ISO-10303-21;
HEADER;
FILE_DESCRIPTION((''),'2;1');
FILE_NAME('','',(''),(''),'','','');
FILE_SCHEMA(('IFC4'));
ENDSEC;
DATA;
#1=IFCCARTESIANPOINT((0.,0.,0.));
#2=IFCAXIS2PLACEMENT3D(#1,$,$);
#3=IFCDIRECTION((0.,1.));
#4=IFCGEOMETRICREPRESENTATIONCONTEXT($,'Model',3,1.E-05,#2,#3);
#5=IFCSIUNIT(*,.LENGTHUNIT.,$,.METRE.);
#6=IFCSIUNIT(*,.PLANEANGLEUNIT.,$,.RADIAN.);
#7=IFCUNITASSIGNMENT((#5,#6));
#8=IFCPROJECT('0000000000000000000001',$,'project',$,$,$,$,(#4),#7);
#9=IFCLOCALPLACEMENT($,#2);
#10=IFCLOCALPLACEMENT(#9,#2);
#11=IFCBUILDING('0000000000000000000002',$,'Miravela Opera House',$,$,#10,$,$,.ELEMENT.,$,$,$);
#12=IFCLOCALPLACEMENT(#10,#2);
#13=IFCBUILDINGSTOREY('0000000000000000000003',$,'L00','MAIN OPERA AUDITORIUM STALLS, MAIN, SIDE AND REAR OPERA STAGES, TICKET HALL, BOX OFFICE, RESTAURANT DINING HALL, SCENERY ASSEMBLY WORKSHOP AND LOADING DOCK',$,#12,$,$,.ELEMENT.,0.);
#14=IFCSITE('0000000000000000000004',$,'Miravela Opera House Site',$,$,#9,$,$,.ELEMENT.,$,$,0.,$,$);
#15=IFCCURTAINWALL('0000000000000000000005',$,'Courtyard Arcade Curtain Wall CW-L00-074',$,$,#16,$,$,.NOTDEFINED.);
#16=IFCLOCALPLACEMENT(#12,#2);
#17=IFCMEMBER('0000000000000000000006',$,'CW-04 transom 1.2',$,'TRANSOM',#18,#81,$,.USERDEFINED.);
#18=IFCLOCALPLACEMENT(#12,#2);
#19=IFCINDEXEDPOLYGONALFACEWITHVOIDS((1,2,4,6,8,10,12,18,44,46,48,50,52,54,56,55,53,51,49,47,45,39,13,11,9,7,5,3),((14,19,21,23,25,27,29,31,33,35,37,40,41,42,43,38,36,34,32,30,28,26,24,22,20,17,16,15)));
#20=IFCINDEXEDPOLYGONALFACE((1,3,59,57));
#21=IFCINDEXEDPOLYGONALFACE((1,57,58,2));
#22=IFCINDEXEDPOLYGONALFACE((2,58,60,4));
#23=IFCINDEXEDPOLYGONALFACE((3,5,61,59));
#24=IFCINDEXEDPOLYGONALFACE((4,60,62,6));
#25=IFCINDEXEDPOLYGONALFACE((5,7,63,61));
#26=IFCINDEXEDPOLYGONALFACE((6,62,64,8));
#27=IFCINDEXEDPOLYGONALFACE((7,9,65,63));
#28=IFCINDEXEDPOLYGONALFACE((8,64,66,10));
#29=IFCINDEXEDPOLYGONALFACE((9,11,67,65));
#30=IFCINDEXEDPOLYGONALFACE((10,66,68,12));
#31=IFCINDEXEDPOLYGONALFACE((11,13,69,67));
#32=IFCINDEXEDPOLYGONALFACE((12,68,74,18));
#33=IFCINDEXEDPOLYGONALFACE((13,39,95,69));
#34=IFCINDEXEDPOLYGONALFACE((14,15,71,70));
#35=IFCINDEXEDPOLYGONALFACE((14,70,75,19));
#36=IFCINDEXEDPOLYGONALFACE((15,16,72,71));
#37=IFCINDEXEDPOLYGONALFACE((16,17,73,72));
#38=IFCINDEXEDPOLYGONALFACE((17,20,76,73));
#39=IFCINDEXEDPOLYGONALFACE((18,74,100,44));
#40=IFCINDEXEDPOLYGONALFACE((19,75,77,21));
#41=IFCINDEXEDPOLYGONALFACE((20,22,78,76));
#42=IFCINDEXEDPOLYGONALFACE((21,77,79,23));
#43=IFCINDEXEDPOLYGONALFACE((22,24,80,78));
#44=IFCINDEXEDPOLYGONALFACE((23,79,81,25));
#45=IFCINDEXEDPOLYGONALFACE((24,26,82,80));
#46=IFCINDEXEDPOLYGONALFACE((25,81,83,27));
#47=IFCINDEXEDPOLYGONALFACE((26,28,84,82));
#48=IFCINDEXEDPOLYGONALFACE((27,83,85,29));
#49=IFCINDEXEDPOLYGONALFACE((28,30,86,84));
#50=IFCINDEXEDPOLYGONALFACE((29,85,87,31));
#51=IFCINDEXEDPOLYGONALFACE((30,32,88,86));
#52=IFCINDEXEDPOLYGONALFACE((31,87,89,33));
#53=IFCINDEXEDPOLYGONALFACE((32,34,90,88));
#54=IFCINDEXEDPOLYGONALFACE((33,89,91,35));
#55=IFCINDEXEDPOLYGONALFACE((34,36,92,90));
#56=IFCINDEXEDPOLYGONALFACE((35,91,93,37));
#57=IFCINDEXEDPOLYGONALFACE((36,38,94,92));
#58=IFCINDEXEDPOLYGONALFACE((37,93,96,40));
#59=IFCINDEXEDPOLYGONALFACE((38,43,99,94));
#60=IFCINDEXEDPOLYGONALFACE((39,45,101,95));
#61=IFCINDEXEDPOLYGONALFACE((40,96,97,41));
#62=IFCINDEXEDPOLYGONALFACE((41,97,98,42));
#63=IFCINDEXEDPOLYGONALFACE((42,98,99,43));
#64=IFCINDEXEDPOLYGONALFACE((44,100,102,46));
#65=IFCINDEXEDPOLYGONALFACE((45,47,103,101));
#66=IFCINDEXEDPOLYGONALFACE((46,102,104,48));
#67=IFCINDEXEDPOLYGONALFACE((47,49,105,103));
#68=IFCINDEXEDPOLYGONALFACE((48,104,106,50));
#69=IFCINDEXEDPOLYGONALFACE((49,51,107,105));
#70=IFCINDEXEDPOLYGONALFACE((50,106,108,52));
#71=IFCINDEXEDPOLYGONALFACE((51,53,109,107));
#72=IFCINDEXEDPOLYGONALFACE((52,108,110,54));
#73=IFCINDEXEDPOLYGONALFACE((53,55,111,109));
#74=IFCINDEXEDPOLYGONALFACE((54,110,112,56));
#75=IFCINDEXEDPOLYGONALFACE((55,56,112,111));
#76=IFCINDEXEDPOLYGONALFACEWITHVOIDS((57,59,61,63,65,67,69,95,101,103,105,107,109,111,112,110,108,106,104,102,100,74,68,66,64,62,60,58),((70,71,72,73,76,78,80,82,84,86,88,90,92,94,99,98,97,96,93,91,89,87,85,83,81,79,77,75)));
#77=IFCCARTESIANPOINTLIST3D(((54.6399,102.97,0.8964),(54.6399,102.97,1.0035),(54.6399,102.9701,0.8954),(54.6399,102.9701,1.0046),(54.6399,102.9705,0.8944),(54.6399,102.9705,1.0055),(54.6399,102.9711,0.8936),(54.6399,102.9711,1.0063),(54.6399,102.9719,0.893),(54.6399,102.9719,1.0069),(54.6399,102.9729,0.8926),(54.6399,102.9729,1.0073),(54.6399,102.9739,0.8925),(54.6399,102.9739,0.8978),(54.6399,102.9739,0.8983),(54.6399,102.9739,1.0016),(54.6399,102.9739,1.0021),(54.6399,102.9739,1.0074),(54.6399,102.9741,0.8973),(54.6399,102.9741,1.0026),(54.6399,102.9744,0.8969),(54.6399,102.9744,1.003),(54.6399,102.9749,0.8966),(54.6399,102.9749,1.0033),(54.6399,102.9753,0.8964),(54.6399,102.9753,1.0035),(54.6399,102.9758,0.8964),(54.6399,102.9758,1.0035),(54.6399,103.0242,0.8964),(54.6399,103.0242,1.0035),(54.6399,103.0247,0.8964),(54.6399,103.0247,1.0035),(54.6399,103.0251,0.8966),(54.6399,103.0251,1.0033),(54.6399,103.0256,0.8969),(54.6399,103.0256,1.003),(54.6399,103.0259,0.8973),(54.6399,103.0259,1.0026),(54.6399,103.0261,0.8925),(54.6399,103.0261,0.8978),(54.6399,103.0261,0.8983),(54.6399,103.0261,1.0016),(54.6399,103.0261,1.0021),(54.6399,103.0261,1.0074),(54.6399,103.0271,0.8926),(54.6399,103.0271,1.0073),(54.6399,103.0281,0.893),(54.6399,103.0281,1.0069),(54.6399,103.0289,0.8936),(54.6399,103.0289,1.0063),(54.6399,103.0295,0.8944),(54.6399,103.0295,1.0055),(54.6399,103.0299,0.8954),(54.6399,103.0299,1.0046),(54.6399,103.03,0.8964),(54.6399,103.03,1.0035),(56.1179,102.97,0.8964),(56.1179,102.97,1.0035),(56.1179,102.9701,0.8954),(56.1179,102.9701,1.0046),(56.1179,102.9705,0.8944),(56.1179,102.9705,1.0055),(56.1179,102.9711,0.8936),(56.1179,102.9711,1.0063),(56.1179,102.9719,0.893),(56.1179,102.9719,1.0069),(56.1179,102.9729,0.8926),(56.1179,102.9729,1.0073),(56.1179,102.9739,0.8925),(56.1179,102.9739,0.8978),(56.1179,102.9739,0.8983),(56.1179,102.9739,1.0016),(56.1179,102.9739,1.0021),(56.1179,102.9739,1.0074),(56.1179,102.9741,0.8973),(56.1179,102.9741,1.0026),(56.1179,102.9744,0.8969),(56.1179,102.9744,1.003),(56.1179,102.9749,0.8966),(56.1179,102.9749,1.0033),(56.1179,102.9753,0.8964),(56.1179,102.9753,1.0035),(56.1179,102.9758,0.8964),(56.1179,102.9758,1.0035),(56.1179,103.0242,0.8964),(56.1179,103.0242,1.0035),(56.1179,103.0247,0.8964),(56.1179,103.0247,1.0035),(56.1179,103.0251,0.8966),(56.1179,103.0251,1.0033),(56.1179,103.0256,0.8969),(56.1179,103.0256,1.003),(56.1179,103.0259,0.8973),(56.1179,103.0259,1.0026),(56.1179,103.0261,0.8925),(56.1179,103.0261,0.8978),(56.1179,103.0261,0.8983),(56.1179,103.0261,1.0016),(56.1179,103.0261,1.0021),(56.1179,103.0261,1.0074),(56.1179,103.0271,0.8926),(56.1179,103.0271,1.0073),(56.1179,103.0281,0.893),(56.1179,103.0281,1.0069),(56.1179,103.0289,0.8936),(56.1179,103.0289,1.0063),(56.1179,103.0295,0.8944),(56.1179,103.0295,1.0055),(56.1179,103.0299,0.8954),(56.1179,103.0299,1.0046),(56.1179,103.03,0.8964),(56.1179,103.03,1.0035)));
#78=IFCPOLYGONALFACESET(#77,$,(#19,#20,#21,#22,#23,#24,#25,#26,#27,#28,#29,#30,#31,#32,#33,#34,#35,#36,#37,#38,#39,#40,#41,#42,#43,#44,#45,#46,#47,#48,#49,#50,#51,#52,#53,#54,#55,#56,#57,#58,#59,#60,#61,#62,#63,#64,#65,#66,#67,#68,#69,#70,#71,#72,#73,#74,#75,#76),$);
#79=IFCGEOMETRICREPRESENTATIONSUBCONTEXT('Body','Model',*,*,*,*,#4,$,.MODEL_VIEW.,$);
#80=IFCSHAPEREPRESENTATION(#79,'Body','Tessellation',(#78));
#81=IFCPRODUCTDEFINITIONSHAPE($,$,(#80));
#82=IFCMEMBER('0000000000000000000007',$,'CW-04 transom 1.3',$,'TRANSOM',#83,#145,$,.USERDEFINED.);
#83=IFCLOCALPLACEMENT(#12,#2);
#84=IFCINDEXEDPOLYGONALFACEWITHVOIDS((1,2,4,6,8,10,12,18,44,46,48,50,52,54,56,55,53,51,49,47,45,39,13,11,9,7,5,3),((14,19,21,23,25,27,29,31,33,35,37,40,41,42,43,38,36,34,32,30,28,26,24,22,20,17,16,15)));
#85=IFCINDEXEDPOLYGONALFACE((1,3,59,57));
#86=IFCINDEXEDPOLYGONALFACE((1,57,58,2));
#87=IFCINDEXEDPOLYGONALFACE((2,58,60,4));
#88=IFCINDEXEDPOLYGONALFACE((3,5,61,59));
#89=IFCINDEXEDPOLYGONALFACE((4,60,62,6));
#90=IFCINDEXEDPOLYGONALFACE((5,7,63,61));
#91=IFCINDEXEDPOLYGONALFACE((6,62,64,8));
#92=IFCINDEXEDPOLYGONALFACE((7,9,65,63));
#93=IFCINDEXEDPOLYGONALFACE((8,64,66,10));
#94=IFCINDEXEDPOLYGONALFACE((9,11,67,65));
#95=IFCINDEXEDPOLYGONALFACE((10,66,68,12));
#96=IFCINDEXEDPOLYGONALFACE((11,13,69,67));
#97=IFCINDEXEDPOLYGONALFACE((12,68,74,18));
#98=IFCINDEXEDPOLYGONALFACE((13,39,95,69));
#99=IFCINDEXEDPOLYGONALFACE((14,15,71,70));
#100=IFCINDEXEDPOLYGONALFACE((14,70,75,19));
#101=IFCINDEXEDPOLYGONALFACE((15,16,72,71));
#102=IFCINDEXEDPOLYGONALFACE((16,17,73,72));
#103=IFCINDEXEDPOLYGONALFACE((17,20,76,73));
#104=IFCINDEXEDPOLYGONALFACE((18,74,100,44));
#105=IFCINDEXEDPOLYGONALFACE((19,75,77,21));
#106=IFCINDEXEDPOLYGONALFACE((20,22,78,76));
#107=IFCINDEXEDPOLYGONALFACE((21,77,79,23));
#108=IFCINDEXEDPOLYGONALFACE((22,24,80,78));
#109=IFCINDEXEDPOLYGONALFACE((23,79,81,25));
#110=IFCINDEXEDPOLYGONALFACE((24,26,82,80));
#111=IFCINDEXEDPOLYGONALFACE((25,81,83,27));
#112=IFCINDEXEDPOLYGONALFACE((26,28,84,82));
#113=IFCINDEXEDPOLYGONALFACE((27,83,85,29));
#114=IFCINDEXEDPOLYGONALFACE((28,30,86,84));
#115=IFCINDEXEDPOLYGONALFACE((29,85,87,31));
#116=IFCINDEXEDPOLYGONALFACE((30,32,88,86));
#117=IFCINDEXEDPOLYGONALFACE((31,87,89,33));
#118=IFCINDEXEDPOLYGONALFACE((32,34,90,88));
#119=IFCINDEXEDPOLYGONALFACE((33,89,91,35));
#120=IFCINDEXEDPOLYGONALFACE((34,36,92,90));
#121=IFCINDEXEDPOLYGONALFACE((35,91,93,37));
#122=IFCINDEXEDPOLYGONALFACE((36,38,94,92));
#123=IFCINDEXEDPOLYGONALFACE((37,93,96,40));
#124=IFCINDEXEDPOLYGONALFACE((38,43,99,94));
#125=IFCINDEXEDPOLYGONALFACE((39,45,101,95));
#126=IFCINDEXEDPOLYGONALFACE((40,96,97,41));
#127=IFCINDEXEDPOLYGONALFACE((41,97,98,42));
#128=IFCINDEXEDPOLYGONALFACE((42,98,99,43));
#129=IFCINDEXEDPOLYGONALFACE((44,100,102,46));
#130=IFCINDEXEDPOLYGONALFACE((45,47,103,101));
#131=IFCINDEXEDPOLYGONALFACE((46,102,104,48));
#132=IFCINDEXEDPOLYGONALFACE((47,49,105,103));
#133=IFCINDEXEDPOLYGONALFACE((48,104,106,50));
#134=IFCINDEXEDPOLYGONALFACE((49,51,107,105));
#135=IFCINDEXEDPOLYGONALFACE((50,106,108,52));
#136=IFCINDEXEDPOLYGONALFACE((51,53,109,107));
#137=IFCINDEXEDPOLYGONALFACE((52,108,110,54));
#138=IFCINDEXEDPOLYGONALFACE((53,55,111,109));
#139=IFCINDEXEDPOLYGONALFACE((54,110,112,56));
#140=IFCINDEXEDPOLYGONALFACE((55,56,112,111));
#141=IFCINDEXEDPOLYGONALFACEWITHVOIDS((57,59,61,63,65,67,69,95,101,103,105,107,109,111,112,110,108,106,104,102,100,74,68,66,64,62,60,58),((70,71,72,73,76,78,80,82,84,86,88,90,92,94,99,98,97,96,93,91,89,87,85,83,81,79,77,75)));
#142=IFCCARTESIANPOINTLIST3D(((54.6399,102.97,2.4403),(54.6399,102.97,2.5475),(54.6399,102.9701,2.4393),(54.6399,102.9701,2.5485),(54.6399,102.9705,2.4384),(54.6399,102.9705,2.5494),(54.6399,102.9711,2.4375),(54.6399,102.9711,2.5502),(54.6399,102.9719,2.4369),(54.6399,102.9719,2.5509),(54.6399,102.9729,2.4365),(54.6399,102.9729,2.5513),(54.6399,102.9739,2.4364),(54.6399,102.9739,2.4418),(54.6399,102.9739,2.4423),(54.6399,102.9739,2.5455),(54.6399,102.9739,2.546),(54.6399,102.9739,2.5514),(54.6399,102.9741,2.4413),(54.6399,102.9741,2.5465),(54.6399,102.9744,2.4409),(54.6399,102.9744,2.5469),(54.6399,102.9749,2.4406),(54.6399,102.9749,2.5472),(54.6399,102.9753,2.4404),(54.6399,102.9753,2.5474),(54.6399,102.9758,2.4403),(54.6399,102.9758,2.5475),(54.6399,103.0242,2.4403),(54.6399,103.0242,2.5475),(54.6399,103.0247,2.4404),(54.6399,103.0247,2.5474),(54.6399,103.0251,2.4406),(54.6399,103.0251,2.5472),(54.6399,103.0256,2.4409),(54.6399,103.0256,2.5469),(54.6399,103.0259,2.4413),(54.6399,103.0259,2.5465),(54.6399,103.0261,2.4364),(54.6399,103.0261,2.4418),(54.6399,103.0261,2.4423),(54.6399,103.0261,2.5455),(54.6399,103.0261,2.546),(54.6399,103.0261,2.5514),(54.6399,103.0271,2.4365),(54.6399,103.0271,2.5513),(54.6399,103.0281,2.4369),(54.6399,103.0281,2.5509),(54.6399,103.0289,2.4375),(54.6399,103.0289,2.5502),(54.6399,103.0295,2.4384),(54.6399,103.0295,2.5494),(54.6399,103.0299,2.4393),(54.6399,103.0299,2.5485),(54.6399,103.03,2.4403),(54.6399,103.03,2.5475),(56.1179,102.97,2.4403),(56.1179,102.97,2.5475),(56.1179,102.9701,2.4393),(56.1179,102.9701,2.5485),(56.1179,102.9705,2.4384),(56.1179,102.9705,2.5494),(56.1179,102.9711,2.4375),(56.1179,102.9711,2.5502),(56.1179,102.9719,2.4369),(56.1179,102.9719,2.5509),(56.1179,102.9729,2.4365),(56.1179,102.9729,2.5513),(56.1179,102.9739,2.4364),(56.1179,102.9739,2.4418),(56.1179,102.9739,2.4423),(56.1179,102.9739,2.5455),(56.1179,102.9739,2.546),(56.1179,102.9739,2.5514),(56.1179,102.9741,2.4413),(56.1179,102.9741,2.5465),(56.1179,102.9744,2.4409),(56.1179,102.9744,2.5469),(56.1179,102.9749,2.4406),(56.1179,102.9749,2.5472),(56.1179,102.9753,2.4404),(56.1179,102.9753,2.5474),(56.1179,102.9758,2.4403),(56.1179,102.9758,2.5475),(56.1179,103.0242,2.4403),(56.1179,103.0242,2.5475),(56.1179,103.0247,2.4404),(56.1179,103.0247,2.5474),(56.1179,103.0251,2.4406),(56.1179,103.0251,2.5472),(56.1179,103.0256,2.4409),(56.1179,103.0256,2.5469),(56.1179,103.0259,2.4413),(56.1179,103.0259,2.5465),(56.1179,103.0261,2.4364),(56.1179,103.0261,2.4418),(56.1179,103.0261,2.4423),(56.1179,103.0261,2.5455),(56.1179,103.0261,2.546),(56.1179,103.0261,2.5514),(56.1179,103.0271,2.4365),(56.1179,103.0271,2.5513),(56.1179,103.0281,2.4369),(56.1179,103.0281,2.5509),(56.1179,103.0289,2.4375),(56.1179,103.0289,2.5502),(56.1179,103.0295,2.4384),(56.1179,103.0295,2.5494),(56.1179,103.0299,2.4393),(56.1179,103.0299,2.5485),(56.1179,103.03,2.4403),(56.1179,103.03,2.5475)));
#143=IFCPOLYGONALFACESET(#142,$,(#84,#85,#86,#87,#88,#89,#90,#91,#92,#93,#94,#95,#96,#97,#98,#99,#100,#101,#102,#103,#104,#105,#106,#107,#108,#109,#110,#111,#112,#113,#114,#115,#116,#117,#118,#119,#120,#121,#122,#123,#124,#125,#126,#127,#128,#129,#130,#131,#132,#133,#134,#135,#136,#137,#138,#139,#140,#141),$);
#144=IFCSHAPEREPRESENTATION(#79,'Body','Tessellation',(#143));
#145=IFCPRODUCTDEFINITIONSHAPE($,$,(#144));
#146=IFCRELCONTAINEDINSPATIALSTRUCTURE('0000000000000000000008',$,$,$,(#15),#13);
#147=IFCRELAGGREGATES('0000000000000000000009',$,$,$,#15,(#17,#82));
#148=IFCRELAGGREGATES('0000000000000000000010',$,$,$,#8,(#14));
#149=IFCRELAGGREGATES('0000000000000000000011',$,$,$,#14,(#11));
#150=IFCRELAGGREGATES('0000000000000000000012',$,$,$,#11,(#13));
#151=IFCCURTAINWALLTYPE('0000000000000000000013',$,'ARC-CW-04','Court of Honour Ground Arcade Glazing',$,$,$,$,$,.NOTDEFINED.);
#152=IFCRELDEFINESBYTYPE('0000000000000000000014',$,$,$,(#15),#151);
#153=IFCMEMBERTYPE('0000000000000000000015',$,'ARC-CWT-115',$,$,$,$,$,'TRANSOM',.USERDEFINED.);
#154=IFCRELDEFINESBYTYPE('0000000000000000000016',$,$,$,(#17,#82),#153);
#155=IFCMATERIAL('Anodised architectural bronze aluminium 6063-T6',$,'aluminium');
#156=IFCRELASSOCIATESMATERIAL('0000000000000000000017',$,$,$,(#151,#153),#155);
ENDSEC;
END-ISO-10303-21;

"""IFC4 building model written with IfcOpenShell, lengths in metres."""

from ifc_helpers import new_model, si_unit, direction, frame, origin, origin_2d, place, context, subcontext, project, spatial, hollow_rectangle, extrude, material, material_profile, profile_set, type_object, element, aggregate, save


model = new_model("IFC4")

# Units and contexts
model_context = context("Model", 3, precision=1e-05, world=origin(), true_north=direction((0.0, 1.0)))
body_context = subcontext(model_context, "Body", "Model", "MODEL_VIEW")
ifc_project = project(units=[si_unit("LENGTHUNIT", "METRE"), si_unit("PLANEANGLEUNIT", "RADIAN")], contexts=[model_context])

# Site, building, storey
site_placement = place(None, origin())
site = spatial("IfcSite", under=ifc_project, at=site_placement, Name="Miravela Opera House Site", CompositionType="ELEMENT", RefElevation=0.0)
building_placement = place(site_placement, origin())
building = spatial("IfcBuilding", under=site, at=building_placement, Name="Miravela Opera House", CompositionType="ELEMENT")
storey_placement = place(building_placement, origin())
storey = spatial("IfcBuildingStorey", under=building, at=storey_placement, Name="L00", Description="MAIN OPERA AUDITORIUM STALLS, MAIN, SIDE AND REAR OPERA STAGES, TICKET HALL, BOX OFFICE, RESTAURANT DINING HALL, SCENERY ASSEMBLY WORKSHOP AND LOADING DOCK", CompositionType="ELEMENT", Elevation=0.0)

# Shared definitions
ifc_material_1 = material(Name="Anodised architectural bronze aluminium 6063-T6", Category="aluminium")
curtain_wall_type = type_object("IfcCurtainWallType", Name="ARC-CW-04", Description="Court of Honour Ground Arcade Glazing", PredefinedType="NOTDEFINED", material=ifc_material_1)

# Curtain wall
curtain_wall_1_placement = place(storey_placement, origin())
curtain_wall_1 = element("IfcCurtainWall", 1, at=curtain_wall_1_placement, inside=storey, type_object=curtain_wall_type, Name="Courtyard Arcade Curtain Wall CW-L00-074", PredefinedType="NOTDEFINED")

# Members
ifc_material_profile_1 = material_profile(ifc_material_1, hollow_rectangle(XDim=0.0601, YDim=0.115, WallThickness=0.0039, InnerFilletRadius=0.002, OuterFilletRadius=0.0039, at=origin_2d()), Name="CWT-60X115")
ifc_profile_set_1 = profile_set([ifc_material_profile_1])
member_type_1 = type_object("IfcMemberType", Name="ARC-CWT-115", ElementType="TRANSOM", PredefinedType="USERDEFINED", material=ifc_profile_set_1)
member_1_placement = place(storey_placement, frame((54.6399, 103.0, 0.95), z_axis=(1.0, 0.0, 0.0), x_axis=(0.0, 1.0, 0.0)))
member_1 = element("IfcMember", 2, at=member_1_placement, type_object=member_type_1, Name="CW-04 transom 1.2", ObjectType="TRANSOM", PredefinedType="USERDEFINED", context=body_context, shape_type="SweptSolid", body=[
    extrude(hollow_rectangle(XDim=0.0601, YDim=0.115, WallThickness=0.0039, InnerFilletRadius=0.002, OuterFilletRadius=0.0039, at=origin_2d()), origin(), (0.0, 0.0, 1.0), 1.478),
])
member_2_placement = place(storey_placement, frame((54.6399, 103.0, 2.4939), z_axis=(1.0, 0.0, 0.0), x_axis=(0.0, 1.0, 0.0)))
member_2 = element("IfcMember", 3, at=member_2_placement, type_object=member_type_1, Name="CW-04 transom 1.3", ObjectType="TRANSOM", PredefinedType="USERDEFINED", context=body_context, shape_type="SweptSolid", body=[
    extrude(hollow_rectangle(XDim=0.0601, YDim=0.115, WallThickness=0.0039, InnerFilletRadius=0.002, OuterFilletRadius=0.0039, at=origin_2d()), origin(), (0.0, 0.0, 1.0), 1.478),
])

aggregate(curtain_wall_1, [member_1, member_2])

save(model, "model.ifc")
